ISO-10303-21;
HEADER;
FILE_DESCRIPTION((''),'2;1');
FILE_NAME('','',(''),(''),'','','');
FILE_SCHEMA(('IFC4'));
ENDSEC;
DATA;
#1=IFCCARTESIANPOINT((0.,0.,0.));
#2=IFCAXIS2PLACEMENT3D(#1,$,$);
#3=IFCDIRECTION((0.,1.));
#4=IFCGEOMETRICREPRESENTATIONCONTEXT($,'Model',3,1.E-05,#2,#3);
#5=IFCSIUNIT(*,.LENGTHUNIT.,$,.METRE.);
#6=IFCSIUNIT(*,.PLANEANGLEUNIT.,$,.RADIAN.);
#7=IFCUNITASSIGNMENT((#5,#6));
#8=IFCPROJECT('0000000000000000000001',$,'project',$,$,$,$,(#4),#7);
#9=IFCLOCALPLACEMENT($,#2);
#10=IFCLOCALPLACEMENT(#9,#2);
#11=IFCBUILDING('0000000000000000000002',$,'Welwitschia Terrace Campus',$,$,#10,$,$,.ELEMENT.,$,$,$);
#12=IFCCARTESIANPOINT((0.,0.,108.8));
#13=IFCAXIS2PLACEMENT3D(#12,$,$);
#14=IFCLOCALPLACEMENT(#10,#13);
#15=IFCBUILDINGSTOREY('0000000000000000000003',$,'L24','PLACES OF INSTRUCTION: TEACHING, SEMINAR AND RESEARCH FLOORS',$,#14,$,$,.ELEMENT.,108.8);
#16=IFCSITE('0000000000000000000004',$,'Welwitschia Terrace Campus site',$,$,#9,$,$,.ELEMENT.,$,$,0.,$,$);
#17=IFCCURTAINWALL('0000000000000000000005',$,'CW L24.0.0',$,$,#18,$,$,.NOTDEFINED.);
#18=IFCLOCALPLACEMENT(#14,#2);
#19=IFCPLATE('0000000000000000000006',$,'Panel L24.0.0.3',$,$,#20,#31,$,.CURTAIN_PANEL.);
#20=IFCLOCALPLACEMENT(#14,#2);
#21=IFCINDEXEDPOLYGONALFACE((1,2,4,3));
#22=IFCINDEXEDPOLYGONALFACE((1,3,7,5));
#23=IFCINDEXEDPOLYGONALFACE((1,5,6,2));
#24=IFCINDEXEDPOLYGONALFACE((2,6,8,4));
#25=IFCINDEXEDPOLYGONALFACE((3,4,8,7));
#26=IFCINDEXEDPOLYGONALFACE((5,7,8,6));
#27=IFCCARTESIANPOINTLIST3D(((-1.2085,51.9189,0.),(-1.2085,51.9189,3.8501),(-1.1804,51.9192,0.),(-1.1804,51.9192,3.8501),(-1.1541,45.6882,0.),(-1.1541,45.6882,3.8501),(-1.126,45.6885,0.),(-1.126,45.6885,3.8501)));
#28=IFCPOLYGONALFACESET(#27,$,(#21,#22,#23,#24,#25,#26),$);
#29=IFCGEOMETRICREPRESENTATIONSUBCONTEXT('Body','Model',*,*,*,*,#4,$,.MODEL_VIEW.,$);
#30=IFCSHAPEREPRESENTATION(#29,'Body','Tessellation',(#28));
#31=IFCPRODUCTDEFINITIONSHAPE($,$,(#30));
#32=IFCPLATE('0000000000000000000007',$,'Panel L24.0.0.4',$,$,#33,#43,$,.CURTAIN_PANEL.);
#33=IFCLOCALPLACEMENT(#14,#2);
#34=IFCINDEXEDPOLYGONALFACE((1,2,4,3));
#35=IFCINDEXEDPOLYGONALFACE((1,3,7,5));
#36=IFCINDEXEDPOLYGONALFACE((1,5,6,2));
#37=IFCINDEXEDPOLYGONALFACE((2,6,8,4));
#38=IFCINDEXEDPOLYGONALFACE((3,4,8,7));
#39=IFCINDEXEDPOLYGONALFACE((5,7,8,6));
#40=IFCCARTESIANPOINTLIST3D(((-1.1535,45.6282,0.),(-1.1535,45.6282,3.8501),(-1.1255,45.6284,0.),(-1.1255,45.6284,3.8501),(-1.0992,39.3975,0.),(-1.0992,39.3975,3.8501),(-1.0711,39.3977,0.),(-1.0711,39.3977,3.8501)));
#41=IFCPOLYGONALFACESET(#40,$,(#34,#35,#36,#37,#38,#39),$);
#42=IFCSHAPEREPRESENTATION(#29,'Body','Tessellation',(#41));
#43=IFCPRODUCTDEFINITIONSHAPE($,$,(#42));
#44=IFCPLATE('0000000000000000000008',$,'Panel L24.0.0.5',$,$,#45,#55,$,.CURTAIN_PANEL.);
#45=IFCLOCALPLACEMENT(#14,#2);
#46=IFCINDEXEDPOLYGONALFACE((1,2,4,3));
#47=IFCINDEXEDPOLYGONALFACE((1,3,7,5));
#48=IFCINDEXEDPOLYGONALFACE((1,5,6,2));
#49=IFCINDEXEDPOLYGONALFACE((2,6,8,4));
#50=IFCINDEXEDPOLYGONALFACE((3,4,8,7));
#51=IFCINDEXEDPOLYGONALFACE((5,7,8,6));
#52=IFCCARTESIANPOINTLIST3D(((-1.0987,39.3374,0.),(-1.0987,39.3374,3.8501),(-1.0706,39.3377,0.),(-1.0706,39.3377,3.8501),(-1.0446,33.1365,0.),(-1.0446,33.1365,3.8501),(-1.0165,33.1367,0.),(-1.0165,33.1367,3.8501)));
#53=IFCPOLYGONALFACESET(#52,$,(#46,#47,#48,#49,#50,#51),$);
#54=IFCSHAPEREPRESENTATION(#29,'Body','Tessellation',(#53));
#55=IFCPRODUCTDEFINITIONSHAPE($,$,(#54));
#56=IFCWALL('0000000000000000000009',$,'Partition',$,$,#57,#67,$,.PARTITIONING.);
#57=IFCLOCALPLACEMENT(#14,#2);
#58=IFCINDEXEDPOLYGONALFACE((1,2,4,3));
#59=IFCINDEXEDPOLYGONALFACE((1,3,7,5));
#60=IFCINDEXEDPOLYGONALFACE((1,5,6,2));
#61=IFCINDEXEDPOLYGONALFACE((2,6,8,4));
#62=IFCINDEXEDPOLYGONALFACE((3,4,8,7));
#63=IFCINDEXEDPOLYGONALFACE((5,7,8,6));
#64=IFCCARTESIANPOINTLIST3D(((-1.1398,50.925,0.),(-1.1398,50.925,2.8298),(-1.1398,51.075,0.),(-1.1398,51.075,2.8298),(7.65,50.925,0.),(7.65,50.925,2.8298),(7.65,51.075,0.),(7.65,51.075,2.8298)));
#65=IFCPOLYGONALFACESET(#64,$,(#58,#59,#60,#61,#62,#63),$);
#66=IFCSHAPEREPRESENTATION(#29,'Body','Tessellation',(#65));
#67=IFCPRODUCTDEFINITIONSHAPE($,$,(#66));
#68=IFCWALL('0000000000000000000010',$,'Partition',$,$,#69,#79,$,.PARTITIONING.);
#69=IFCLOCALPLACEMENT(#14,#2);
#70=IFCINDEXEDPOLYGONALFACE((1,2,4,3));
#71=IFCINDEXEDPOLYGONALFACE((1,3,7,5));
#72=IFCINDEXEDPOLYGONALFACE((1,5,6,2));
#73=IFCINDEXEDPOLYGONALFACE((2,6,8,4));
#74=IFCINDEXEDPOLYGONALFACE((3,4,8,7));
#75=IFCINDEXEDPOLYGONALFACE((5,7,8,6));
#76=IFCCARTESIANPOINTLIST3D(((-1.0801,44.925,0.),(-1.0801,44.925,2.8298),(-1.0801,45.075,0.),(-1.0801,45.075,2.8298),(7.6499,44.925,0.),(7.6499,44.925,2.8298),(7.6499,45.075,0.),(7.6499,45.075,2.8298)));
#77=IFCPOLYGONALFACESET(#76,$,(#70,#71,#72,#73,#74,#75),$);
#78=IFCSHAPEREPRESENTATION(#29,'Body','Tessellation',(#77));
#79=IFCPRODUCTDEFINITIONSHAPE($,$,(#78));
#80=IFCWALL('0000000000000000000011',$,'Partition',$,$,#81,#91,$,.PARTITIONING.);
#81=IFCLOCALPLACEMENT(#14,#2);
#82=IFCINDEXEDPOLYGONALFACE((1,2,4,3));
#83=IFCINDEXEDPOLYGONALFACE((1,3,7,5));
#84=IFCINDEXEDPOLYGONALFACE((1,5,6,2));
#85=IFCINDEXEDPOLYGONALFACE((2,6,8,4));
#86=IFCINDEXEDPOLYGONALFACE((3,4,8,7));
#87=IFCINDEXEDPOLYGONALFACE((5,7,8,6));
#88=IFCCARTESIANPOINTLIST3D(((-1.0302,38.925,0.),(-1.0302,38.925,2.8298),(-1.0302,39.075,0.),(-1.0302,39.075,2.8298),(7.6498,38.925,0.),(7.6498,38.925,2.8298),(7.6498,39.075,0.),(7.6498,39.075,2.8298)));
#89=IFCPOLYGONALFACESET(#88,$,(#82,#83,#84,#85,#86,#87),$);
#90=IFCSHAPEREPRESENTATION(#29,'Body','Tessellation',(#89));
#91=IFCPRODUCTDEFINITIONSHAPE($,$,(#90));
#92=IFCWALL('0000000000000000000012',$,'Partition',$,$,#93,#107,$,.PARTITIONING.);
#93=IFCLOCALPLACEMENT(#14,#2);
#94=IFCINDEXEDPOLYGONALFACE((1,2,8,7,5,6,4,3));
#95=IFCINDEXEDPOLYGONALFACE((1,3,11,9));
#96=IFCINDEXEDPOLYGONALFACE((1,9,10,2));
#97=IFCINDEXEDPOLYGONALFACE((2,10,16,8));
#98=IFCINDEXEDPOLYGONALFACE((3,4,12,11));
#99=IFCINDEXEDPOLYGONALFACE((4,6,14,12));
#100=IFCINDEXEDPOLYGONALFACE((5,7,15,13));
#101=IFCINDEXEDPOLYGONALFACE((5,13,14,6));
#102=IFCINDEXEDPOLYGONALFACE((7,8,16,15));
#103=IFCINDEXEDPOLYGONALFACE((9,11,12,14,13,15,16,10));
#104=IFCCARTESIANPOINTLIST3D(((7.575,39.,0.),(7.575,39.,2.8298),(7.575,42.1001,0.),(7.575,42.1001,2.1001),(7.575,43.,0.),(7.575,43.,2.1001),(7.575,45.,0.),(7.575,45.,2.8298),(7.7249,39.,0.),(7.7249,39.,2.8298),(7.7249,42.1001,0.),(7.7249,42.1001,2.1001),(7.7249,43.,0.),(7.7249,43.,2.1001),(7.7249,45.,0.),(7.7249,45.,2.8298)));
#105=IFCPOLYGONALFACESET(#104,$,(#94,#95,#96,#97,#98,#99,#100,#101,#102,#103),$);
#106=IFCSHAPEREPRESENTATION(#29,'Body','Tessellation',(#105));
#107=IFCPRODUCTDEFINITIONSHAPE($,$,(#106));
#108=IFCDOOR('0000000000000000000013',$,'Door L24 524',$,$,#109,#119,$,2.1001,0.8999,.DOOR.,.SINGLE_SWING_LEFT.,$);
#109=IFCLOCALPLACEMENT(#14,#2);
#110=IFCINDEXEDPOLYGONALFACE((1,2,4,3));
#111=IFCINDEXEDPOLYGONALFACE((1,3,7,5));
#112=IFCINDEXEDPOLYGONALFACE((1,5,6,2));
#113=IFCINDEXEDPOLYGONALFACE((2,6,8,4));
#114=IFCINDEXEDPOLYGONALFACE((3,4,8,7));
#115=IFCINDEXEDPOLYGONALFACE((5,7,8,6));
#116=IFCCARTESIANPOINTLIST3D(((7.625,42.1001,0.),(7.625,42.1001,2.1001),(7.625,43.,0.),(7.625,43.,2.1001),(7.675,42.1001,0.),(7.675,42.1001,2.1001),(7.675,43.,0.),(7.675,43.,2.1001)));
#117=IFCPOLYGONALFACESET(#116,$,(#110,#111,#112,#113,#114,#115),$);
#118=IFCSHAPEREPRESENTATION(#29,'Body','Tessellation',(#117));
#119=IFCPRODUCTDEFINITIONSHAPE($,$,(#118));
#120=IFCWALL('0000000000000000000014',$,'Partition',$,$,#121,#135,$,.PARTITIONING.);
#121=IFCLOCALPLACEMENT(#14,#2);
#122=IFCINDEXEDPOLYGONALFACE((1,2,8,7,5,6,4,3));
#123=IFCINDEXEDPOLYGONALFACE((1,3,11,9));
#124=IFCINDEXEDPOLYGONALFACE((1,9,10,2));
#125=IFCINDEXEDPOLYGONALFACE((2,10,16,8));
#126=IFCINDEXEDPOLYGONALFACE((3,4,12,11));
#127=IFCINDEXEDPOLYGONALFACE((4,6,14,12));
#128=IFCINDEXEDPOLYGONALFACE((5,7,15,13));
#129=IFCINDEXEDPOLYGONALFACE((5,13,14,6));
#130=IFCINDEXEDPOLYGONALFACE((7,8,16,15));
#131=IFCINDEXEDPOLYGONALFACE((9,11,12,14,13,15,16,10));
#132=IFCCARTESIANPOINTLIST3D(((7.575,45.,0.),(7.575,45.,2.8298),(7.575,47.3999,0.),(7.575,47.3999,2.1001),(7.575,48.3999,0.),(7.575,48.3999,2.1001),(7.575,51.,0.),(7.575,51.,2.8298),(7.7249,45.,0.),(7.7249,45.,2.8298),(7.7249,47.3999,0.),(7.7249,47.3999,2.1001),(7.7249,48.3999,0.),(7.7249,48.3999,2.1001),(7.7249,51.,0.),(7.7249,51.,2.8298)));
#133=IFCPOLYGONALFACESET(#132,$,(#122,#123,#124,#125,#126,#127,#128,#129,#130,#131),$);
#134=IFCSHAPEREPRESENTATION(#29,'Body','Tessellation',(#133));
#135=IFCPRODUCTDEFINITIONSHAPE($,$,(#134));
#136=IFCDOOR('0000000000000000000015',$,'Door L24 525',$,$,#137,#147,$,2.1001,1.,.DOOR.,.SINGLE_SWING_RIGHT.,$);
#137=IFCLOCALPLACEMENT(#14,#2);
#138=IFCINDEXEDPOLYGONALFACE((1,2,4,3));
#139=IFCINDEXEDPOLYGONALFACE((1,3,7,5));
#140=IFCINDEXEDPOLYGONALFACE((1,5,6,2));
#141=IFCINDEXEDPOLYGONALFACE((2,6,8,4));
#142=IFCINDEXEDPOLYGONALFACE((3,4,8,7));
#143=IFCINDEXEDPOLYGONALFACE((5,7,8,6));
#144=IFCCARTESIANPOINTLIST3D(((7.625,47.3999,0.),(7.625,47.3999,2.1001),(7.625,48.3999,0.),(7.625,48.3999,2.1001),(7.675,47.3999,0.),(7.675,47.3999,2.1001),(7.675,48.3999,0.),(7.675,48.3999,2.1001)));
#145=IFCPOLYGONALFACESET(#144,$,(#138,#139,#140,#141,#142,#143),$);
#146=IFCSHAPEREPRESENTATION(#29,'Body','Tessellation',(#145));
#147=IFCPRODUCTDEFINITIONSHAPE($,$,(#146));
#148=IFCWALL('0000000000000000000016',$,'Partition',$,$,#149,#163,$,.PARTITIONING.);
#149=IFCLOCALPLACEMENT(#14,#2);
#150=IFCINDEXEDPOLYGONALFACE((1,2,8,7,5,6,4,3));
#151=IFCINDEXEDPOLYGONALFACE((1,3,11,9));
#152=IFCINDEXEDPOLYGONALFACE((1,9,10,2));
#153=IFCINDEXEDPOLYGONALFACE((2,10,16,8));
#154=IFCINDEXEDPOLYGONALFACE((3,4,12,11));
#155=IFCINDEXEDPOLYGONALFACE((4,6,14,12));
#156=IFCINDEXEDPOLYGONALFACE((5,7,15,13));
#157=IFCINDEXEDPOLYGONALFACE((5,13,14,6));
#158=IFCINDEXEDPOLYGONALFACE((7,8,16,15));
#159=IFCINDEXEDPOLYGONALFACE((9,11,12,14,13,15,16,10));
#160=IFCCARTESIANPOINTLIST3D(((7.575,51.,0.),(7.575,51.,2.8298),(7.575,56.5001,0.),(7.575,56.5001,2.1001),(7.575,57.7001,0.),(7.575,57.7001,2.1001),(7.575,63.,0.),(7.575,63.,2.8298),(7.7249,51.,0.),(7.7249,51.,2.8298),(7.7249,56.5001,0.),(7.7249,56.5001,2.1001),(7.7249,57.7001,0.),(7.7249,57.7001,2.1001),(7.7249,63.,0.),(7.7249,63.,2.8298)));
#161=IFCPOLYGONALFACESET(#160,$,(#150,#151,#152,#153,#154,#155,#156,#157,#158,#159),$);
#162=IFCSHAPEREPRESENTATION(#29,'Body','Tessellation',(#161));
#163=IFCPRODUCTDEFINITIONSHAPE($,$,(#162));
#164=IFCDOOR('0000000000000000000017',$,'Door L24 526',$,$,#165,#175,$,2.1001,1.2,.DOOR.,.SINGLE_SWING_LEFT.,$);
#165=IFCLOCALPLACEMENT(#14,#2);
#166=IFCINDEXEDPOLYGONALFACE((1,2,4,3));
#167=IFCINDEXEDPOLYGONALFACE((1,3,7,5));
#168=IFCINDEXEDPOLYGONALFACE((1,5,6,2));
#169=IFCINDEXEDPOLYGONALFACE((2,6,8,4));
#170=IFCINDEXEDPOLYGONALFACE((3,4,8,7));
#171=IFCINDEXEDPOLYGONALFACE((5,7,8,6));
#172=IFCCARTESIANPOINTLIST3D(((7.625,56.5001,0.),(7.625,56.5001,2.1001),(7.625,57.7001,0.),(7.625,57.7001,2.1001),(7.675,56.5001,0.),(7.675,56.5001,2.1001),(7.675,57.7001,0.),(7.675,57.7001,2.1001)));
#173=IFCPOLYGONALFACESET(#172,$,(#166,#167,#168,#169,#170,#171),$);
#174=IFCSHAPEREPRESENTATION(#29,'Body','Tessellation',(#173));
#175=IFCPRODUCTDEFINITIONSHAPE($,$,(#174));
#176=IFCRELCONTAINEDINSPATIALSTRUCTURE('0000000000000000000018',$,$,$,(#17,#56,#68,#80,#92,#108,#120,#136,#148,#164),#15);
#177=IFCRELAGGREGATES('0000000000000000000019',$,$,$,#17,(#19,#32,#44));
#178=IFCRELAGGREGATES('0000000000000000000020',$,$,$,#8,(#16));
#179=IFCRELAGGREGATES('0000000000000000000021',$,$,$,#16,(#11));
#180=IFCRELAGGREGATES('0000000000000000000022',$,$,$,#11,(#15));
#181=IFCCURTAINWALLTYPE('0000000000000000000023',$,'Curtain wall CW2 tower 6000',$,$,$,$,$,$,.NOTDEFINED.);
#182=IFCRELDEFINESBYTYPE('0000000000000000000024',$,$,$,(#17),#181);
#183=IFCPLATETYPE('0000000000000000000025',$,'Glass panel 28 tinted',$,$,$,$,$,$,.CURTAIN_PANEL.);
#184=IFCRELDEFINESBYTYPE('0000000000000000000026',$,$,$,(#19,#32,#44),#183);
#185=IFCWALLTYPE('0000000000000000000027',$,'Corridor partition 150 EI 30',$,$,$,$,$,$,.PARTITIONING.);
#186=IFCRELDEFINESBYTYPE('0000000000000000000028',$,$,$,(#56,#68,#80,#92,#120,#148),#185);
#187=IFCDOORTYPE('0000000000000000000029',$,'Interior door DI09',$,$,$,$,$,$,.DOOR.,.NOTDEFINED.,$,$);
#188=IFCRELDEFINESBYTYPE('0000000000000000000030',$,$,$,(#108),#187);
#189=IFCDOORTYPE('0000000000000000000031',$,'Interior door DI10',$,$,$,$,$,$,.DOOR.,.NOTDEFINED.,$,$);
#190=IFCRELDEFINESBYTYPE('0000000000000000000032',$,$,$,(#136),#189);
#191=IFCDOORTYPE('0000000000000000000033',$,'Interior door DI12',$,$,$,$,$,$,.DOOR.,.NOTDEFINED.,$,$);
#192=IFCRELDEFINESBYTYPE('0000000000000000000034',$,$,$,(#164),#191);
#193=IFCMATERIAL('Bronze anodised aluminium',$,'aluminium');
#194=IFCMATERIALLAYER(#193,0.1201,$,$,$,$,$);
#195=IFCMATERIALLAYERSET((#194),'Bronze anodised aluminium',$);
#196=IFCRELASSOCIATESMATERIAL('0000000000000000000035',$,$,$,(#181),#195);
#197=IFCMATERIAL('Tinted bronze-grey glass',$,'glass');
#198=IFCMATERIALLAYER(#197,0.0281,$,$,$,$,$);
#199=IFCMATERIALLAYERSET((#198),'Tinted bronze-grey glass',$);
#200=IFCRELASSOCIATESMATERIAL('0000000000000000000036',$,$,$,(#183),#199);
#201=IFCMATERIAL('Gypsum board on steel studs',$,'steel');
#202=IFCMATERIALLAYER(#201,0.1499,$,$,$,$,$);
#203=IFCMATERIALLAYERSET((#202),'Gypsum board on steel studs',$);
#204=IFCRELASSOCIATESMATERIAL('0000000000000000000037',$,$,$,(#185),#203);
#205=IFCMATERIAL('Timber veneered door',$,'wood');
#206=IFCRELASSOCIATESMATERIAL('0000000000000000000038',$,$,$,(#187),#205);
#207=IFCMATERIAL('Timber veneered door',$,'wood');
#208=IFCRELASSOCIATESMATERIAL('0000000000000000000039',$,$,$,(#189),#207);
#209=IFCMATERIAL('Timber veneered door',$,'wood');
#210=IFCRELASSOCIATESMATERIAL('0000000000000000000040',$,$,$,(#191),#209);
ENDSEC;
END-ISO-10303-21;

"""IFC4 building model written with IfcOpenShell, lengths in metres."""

from ifc_helpers import new_model, si_unit, direction, frame, frame_2d, origin, origin_2d, place, context, subcontext, project, spatial, rectangle, extrude, material, layer, layer_set, type_object, element, fill, aggregate, save


model = new_model("IFC4")

# Units and contexts
model_context = context("Model", 3, precision=1e-05, world=origin(), true_north=direction((0.0, 1.0)))
body_context = subcontext(model_context, "Body", "Model", "MODEL_VIEW")
ifc_project = project(units=[si_unit("LENGTHUNIT", "METRE"), si_unit("PLANEANGLEUNIT", "RADIAN")], contexts=[model_context])

# Site, building, storey
site_placement = place(None, origin())
site = spatial("IfcSite", under=ifc_project, at=site_placement, Name="Welwitschia Terrace Campus site", CompositionType="ELEMENT", RefElevation=0.0)
building_placement = place(site_placement, origin())
building = spatial("IfcBuilding", under=site, at=building_placement, Name="Welwitschia Terrace Campus", CompositionType="ELEMENT")
storey_placement = place(building_placement, frame((0.0, 0.0, 108.8)))
storey = spatial("IfcBuildingStorey", under=building, at=storey_placement, Name="L24", Description="PLACES OF INSTRUCTION: TEACHING, SEMINAR AND RESEARCH FLOORS", CompositionType="ELEMENT", Elevation=108.8)

# Curtain wall
ifc_material_1 = material(Name="Bronze anodised aluminium", Category="aluminium")
ifc_layer_1 = layer(ifc_material_1, 0.1201)
ifc_layer_set_1 = layer_set([ifc_layer_1], Name="Bronze anodised aluminium")
curtain_wall_type = type_object("IfcCurtainWallType", Name="Curtain wall CW2 tower 6000", PredefinedType="NOTDEFINED", material=ifc_layer_set_1)
curtain_wall_placement = place(storey_placement, origin())
curtain_wall = element("IfcCurtainWall", 1, at=curtain_wall_placement, inside=storey, type_object=curtain_wall_type, Name="CW L24.0.0", PredefinedType="NOTDEFINED")

# Plates
ifc_material_2 = material(Name="Tinted bronze-grey glass", Category="glass")
ifc_layer_2 = layer(ifc_material_2, 0.0281)
ifc_layer_set_2 = layer_set([ifc_layer_2], Name="Tinted bronze-grey glass")
plate_type = type_object("IfcPlateType", Name="Glass panel 28 tinted", PredefinedType="CURTAIN_PANEL", material=ifc_layer_set_2)
plate_1_placement = place(storey_placement, frame((-1.1672, 48.8037, 0.0), z_axis=(0.0, 0.0, 1.0), x_axis=(0.008727, -0.999962, 0.0)))
plate_1 = element("IfcPlate", 2, at=plate_1_placement, type_object=plate_type, Name="Panel L24.0.0.3", PredefinedType="CURTAIN_PANEL", context=body_context, shape_type="SweptSolid", body=[
    extrude(rectangle(XDim=6.231, YDim=0.0281, at=origin_2d()), origin(), (0.0, 0.0, 1.0), 3.8501),
])
plate_2_placement = place(storey_placement, frame((-1.1123, 42.5129, 0.0), z_axis=(0.0, 0.0, 1.0), x_axis=(0.008727, -0.999962, 0.0)))
plate_2 = element("IfcPlate", 3, at=plate_2_placement, type_object=plate_type, Name="Panel L24.0.0.4", PredefinedType="CURTAIN_PANEL", context=body_context, shape_type="SweptSolid", body=[
    extrude(rectangle(XDim=6.231, YDim=0.0281, at=origin_2d()), origin(), (0.0, 0.0, 1.0), 3.8501),
])
plate_3_placement = place(storey_placement, frame((-1.0576, 36.2371, 0.0), z_axis=(0.0, 0.0, 1.0), x_axis=(0.008727, -0.999962, 0.0)))
plate_3 = element("IfcPlate", 4, at=plate_3_placement, type_object=plate_type, Name="Panel L24.0.0.5", PredefinedType="CURTAIN_PANEL", context=body_context, shape_type="SweptSolid", body=[
    extrude(rectangle(XDim=6.2012, YDim=0.0281, at=origin_2d()), origin(), (0.0, 0.0, 1.0), 3.8501),
])
aggregate(curtain_wall, [plate_1, plate_2, plate_3])

# Walls
ifc_material_3 = material(Name="Gypsum board on steel studs", Category="steel")
ifc_layer_3 = layer(ifc_material_3, 0.1499)
ifc_layer_set_3 = layer_set([ifc_layer_3], Name="Gypsum board on steel studs")
wall_type = type_object("IfcWallType", Name="Corridor partition 150 EI 30", PredefinedType="PARTITIONING", material=ifc_layer_set_3)
wall_1_placement = place(storey_placement, frame((-1.1399, 51.0, 0.0), z_axis=(0.0, 0.0, 1.0), x_axis=(1.0, 0.0, 0.0)))
element("IfcWall", 5, at=wall_1_placement, inside=storey, type_object=wall_type, Name="Partition", PredefinedType="PARTITIONING", context=body_context, shape_type="SweptSolid", body=[
    extrude(rectangle(XDim=8.7898, YDim=0.1499, at=frame_2d((4.395, 0.0))), origin(), (0.0, 0.0, 1.0), 2.8298),
])
wall_2_placement = place(storey_placement, frame((-1.0801, 45.0, 0.0), z_axis=(0.0, 0.0, 1.0), x_axis=(1.0, 0.0, 0.0)))
element("IfcWall", 6, at=wall_2_placement, inside=storey, type_object=wall_type, Name="Partition", PredefinedType="PARTITIONING", context=body_context, shape_type="SweptSolid", body=[
    extrude(rectangle(XDim=8.73, YDim=0.1499, at=frame_2d((4.365, 0.0))), origin(), (0.0, 0.0, 1.0), 2.8298),
])
wall_3_placement = place(storey_placement, frame((-1.03, 39.0, 0.0), z_axis=(0.0, 0.0, 1.0), x_axis=(1.0, 0.0, 0.0)))
element("IfcWall", 7, at=wall_3_placement, inside=storey, type_object=wall_type, Name="Partition", PredefinedType="PARTITIONING", context=body_context, shape_type="SweptSolid", body=[
    extrude(rectangle(XDim=8.6799, YDim=0.1499, at=frame_2d((4.3398, 0.0))), origin(), (0.0, 0.0, 1.0), 2.8298),
])

# Walls, openings, doors
wall_4_placement = place(storey_placement, frame((7.6499, 39.0, 0.0), z_axis=(0.0, 0.0, 1.0), x_axis=(0.0, 1.0, 0.0)))
wall_4 = element("IfcWall", 8, at=wall_4_placement, inside=storey, type_object=wall_type, Name="Partition", PredefinedType="PARTITIONING", context=body_context, shape_type="SweptSolid", body=[
    extrude(rectangle(XDim=6.0, YDim=0.1499, at=frame_2d((3.0, 0.0))), origin(), (0.0, 0.0, 1.0), 2.8298),
])
opening_1_placement = place(wall_4_placement, frame((3.1001, 0.0, 0.0)))
opening_1 = element("IfcOpeningElement", 9, at=opening_1_placement, cuts=wall_4, PredefinedType="OPENING", context=body_context, shape_type="SweptSolid", body=[
    extrude(rectangle(XDim=0.8999, YDim=2.1001, at=frame_2d((0.45, 1.05))), frame((0.0, 0.085, 0.0), z_axis=(0.0, -1.0, 0.0), x_axis=(1.0, 0.0, 0.0)), (0.0, 0.0, 1.0), 0.1699),
])
ifc_material_4 = material(Name="Timber veneered door", Category="wood")
door_type_1 = type_object("IfcDoorType", Name="Interior door DI09", OperationType="NOTDEFINED", PredefinedType="DOOR", material=ifc_material_4)
door_1_placement = place(opening_1_placement, origin())
door_1 = element("IfcDoor", 10, at=door_1_placement, inside=storey, type_object=door_type_1, Name="Door L24 524", OperationType="SINGLE_SWING_LEFT", OverallHeight=2.1001, OverallWidth=0.8999, PredefinedType="DOOR", context=body_context, shape_type="SweptSolid", body=[
    extrude(rectangle(XDim=0.8999, YDim=2.1001, at=frame_2d((0.45, 1.05))), frame((0.0, 0.0249, 0.0), z_axis=(0.0, -1.0, 0.0), x_axis=(1.0, 0.0, 0.0)), (0.0, 0.0, 1.0), 0.05),
])
fill(opening_1, door_1)
wall_5_placement = place(storey_placement, frame((7.6499, 45.0, 0.0), z_axis=(0.0, 0.0, 1.0), x_axis=(0.0, 1.0, 0.0)))
wall_5 = element("IfcWall", 11, at=wall_5_placement, inside=storey, type_object=wall_type, Name="Partition", PredefinedType="PARTITIONING", context=body_context, shape_type="SweptSolid", body=[
    extrude(rectangle(XDim=6.0, YDim=0.1499, at=frame_2d((3.0, 0.0))), origin(), (0.0, 0.0, 1.0), 2.8298),
])
opening_2_placement = place(wall_5_placement, frame((2.3999, 0.0, 0.0)))
opening_2 = element("IfcOpeningElement", 12, at=opening_2_placement, cuts=wall_5, PredefinedType="OPENING", context=body_context, shape_type="SweptSolid", body=[
    extrude(rectangle(XDim=1.0, YDim=2.1001, at=frame_2d((0.5, 1.05))), frame((0.0, 0.085, 0.0), z_axis=(0.0, -1.0, 0.0), x_axis=(1.0, 0.0, 0.0)), (0.0, 0.0, 1.0), 0.1699),
])
ifc_material_5 = material(Name="Timber veneered door", Category="wood")
door_type_2 = type_object("IfcDoorType", Name="Interior door DI10", OperationType="NOTDEFINED", PredefinedType="DOOR", material=ifc_material_5)
door_2_placement = place(opening_2_placement, origin())
door_2 = element("IfcDoor", 13, at=door_2_placement, inside=storey, type_object=door_type_2, Name="Door L24 525", OperationType="SINGLE_SWING_RIGHT", OverallHeight=2.1001, OverallWidth=1.0, PredefinedType="DOOR", context=body_context, shape_type="SweptSolid", body=[
    extrude(rectangle(XDim=1.0, YDim=2.1001, at=frame_2d((0.5, 1.05))), frame((0.0, 0.0249, 0.0), z_axis=(0.0, -1.0, 0.0), x_axis=(1.0, 0.0, 0.0)), (0.0, 0.0, 1.0), 0.05),
])
fill(opening_2, door_2)
wall_6_placement = place(storey_placement, frame((7.6499, 51.0, 0.0), z_axis=(0.0, 0.0, 1.0), x_axis=(0.0, 1.0, 0.0)))
wall_6 = element("IfcWall", 14, at=wall_6_placement, inside=storey, type_object=wall_type, Name="Partition", PredefinedType="PARTITIONING", context=body_context, shape_type="SweptSolid", body=[
    extrude(rectangle(XDim=12.0, YDim=0.1499, at=frame_2d((6.0, 0.0))), origin(), (0.0, 0.0, 1.0), 2.8298),
])
opening_3_placement = place(wall_6_placement, frame((5.5, 0.0, 0.0)))
opening_3 = element("IfcOpeningElement", 15, at=opening_3_placement, cuts=wall_6, PredefinedType="OPENING", context=body_context, shape_type="SweptSolid", body=[
    extrude(rectangle(XDim=1.2, YDim=2.1001, at=frame_2d((0.6001, 1.05))), frame((0.0, 0.085, 0.0), z_axis=(0.0, -1.0, 0.0), x_axis=(1.0, 0.0, 0.0)), (0.0, 0.0, 1.0), 0.1699),
])
ifc_material_6 = material(Name="Timber veneered door", Category="wood")
door_type_3 = type_object("IfcDoorType", Name="Interior door DI12", OperationType="NOTDEFINED", PredefinedType="DOOR", material=ifc_material_6)
door_3_placement = place(opening_3_placement, origin())
door_3 = element("IfcDoor", 16, at=door_3_placement, inside=storey, type_object=door_type_3, Name="Door L24 526", OperationType="SINGLE_SWING_LEFT", OverallHeight=2.1001, OverallWidth=1.2, PredefinedType="DOOR", context=body_context, shape_type="SweptSolid", body=[
    extrude(rectangle(XDim=1.2, YDim=2.1001, at=frame_2d((0.6001, 1.05))), frame((0.0, 0.0249, 0.0), z_axis=(0.0, -1.0, 0.0), x_axis=(1.0, 0.0, 0.0)), (0.0, 0.0, 1.0), 0.05),
])
fill(opening_3, door_3)

save(model, "model.ifc")
